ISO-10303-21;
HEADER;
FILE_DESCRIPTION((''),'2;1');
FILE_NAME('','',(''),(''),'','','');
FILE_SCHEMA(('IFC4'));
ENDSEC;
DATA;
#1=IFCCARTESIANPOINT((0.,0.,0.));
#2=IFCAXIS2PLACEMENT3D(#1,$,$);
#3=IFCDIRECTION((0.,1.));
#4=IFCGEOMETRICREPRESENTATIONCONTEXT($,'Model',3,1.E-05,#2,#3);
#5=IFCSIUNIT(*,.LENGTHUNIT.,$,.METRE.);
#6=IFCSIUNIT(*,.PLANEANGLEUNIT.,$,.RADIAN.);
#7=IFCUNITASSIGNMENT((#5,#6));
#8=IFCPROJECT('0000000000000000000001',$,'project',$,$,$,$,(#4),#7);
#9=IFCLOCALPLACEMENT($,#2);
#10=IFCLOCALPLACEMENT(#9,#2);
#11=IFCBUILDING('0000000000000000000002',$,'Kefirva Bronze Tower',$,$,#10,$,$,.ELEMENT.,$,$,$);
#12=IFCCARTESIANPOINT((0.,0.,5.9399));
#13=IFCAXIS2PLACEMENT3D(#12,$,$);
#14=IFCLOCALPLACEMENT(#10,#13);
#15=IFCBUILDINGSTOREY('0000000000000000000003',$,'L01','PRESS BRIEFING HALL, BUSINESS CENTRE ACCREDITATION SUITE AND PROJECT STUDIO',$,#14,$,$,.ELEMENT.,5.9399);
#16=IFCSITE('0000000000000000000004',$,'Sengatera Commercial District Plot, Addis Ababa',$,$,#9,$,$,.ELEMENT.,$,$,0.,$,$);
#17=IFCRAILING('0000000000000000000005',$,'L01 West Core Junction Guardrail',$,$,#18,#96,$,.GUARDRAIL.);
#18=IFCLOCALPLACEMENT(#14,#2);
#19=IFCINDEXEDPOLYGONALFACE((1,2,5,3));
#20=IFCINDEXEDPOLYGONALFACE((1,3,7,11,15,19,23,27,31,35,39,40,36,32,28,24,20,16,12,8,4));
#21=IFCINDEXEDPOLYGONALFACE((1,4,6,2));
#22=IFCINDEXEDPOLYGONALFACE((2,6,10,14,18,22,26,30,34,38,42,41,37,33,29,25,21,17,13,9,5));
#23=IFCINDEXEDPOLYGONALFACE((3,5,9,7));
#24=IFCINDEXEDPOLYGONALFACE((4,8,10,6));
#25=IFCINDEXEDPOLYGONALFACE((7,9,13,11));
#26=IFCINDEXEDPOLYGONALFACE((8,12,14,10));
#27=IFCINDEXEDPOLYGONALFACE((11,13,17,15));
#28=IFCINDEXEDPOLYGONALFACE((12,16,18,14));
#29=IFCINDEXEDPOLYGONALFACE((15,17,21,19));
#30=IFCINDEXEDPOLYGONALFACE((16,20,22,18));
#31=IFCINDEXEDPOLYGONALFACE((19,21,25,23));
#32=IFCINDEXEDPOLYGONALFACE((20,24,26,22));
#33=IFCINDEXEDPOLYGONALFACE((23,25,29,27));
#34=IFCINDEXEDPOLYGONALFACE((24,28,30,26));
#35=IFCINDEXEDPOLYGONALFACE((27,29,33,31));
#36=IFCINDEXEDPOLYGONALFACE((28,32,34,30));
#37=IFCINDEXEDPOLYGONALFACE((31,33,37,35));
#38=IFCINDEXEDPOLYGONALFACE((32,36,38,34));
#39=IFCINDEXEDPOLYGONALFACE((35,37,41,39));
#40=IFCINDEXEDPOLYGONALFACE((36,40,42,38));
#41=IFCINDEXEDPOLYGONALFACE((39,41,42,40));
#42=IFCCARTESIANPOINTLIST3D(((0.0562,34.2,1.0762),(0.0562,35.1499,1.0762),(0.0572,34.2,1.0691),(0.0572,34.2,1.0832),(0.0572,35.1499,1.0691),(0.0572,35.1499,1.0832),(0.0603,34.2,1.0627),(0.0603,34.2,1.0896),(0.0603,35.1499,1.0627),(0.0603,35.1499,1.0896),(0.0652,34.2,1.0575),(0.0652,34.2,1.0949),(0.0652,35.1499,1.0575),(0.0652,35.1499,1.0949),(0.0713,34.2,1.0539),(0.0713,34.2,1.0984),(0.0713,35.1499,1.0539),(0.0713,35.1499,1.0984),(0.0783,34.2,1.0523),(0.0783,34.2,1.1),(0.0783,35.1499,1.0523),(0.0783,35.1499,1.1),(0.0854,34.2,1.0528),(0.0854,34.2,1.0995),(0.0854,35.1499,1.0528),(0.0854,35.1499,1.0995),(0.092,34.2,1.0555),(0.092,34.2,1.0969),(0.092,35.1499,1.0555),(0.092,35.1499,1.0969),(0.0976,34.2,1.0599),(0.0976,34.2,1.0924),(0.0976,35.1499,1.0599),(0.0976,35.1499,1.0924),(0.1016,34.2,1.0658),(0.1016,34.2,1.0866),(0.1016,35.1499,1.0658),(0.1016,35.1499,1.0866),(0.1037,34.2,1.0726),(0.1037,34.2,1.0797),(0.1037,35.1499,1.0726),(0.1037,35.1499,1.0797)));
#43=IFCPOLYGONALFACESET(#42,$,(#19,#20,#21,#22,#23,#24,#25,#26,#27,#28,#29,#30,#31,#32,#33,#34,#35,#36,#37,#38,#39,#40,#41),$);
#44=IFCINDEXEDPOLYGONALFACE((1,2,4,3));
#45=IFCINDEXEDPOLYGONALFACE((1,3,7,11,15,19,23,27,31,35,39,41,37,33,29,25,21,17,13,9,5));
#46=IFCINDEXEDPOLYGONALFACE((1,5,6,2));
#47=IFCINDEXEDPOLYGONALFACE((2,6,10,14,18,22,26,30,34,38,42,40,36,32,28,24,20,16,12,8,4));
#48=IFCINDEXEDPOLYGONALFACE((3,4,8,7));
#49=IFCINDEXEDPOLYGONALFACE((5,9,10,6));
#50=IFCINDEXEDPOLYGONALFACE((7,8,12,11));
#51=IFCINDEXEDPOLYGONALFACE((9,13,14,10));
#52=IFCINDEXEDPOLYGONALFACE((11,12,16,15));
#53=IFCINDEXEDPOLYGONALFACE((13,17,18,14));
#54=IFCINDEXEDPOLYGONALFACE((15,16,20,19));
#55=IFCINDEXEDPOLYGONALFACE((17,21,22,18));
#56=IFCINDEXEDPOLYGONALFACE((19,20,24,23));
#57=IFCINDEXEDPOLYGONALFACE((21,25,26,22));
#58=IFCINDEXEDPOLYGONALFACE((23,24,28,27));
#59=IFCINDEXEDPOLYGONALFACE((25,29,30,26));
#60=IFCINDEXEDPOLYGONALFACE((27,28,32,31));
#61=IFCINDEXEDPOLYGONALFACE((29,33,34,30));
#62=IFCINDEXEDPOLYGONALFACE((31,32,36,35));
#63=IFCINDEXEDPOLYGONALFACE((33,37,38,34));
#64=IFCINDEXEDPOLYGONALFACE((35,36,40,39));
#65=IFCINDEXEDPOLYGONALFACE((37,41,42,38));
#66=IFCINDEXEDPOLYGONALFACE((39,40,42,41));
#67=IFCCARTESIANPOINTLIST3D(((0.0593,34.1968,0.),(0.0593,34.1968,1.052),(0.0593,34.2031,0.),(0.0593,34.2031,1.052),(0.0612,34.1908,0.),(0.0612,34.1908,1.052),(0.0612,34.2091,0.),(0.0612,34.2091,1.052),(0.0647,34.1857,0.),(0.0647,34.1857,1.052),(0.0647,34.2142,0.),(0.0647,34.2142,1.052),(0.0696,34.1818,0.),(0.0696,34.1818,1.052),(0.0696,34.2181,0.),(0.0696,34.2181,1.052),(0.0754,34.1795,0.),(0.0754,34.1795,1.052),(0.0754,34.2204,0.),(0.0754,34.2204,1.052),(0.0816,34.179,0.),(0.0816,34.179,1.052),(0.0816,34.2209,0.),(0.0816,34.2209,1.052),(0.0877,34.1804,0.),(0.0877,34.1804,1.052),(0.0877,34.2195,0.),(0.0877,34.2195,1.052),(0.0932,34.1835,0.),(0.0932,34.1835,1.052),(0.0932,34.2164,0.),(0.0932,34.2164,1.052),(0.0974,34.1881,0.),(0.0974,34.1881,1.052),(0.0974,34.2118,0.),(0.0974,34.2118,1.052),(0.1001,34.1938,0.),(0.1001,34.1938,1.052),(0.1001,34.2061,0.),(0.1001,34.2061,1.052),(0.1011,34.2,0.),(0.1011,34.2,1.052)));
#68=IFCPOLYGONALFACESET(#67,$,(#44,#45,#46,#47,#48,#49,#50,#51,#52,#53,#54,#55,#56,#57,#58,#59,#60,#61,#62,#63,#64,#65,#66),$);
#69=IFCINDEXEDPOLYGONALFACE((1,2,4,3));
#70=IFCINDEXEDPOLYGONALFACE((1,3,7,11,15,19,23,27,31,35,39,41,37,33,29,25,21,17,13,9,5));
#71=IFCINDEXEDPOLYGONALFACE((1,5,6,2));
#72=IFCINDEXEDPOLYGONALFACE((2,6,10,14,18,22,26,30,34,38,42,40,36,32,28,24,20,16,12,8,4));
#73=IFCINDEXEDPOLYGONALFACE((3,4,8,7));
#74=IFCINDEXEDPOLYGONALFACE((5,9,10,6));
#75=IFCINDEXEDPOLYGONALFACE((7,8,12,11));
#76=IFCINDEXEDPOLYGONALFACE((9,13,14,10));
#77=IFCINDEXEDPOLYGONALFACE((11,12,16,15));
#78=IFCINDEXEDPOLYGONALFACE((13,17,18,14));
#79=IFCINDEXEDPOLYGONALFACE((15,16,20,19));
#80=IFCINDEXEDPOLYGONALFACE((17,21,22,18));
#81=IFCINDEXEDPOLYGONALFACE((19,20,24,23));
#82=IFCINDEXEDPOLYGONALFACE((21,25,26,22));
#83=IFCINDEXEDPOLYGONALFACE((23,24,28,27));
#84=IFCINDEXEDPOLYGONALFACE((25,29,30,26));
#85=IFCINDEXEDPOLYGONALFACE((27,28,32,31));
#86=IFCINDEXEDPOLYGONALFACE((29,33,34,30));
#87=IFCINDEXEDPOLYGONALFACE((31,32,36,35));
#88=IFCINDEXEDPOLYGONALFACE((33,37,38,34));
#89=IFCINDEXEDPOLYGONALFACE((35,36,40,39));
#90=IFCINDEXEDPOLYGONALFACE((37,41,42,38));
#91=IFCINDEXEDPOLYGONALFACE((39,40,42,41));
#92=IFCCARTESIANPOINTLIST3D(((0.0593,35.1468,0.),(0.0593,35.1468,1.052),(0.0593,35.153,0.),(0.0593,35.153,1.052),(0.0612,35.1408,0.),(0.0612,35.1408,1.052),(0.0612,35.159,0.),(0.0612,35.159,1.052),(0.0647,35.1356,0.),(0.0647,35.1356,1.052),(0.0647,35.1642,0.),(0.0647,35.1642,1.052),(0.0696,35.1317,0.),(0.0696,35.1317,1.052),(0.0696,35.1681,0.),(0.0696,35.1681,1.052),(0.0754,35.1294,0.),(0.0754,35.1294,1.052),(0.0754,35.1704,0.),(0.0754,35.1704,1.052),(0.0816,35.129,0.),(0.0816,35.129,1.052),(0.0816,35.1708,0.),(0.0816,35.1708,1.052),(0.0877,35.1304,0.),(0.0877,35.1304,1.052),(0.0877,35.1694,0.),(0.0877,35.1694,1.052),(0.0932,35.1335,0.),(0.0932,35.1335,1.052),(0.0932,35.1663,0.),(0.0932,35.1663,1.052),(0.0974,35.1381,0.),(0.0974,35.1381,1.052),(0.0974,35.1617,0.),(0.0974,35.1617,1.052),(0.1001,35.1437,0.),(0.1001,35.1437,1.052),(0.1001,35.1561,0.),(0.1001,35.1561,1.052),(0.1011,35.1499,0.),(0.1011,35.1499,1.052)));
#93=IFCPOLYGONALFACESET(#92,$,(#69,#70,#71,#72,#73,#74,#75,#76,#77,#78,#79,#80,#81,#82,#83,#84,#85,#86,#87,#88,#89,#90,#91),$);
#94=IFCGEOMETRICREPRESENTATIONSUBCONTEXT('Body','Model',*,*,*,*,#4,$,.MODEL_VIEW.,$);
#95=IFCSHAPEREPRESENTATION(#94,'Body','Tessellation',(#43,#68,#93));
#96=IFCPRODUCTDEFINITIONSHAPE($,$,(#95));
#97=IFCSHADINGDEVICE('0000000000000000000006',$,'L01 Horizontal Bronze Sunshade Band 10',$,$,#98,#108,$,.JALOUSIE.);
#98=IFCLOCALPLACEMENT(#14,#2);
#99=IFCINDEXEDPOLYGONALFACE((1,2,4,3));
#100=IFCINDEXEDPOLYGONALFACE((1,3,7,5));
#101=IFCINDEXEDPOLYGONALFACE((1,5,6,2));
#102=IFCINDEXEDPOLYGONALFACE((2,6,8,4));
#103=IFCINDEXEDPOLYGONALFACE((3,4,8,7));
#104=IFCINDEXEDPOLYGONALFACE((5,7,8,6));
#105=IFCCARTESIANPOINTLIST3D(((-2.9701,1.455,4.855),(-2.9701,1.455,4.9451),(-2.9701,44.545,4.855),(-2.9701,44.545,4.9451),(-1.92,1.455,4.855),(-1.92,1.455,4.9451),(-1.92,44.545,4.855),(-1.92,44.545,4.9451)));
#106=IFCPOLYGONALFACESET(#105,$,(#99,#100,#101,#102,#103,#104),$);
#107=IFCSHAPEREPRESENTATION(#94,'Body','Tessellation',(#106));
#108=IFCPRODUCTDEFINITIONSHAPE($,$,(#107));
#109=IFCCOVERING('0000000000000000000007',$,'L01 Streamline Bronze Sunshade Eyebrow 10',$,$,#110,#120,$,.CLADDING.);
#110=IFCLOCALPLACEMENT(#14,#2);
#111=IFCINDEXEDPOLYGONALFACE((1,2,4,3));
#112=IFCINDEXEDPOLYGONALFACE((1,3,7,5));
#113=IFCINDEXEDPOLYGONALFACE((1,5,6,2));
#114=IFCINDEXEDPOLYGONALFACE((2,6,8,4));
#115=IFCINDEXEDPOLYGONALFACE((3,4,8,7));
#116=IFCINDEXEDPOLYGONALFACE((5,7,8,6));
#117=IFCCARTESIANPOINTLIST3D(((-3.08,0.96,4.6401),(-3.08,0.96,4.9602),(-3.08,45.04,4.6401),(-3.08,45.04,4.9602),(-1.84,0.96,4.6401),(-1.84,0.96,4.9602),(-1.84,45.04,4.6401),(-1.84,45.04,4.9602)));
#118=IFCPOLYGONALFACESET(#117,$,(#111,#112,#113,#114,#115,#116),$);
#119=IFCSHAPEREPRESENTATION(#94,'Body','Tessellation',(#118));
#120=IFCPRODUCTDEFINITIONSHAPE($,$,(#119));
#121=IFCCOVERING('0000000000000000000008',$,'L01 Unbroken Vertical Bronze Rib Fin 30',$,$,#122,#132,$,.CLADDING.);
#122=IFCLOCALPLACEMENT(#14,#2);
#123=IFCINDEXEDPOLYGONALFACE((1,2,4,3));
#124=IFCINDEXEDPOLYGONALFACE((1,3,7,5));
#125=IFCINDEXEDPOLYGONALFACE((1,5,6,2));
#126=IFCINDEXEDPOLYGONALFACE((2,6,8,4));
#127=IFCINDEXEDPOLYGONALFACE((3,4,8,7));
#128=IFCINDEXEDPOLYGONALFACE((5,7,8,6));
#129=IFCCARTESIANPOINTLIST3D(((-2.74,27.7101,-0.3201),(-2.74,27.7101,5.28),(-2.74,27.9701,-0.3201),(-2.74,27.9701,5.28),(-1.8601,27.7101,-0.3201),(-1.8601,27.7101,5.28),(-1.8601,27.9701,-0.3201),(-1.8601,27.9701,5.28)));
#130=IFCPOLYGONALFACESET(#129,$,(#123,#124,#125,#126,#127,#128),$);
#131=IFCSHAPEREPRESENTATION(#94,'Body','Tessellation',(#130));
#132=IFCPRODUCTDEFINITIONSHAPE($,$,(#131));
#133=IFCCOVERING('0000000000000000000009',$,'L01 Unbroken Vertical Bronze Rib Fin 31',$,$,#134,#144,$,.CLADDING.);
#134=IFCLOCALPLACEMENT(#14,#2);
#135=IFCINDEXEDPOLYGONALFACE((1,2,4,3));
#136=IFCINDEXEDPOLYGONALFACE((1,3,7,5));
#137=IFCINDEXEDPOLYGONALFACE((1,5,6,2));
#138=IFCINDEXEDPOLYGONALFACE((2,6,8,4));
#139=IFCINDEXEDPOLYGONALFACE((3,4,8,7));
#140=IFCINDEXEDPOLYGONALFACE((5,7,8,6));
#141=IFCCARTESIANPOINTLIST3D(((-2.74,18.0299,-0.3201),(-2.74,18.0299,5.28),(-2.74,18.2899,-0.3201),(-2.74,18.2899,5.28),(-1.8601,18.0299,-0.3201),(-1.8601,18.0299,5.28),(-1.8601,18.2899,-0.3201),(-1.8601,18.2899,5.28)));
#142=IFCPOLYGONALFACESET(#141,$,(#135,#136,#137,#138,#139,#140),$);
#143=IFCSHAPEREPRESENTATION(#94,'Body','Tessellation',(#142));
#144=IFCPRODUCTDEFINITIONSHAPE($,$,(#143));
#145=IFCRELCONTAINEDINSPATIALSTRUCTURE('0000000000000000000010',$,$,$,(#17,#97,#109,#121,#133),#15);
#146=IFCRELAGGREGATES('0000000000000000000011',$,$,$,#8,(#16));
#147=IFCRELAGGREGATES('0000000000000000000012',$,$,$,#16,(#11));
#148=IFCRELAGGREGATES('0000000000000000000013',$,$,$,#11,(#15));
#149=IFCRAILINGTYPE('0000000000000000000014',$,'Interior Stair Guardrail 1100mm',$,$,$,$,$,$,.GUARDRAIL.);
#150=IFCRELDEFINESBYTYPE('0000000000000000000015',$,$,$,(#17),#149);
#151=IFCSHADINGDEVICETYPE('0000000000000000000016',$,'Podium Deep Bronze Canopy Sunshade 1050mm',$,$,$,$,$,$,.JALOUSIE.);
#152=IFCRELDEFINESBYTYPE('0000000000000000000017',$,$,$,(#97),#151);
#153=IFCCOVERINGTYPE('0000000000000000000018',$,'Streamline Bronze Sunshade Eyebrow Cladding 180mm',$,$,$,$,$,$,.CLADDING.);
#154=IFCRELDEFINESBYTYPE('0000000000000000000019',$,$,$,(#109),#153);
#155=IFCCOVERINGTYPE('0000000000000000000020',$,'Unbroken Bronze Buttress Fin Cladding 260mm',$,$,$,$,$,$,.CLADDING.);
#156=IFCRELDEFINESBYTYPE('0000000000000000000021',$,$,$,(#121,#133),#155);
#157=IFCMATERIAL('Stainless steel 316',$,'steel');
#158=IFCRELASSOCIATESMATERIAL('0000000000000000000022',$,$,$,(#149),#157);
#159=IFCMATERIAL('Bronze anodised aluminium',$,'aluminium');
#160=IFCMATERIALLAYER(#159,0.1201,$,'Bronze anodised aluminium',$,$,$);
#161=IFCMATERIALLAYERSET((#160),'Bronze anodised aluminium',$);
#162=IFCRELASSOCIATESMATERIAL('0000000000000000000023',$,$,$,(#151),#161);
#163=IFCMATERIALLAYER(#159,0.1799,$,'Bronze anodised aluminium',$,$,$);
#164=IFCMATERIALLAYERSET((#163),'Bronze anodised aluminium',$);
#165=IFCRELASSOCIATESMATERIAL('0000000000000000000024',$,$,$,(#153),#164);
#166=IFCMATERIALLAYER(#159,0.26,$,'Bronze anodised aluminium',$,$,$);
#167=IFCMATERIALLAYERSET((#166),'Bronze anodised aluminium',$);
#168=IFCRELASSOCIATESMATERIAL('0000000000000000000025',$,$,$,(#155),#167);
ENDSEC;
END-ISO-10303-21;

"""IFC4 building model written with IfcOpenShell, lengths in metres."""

from ifc_helpers import new_model, si_unit, direction, frame, origin, origin_2d, place, context, subcontext, project, spatial, rectangle, circle, extrude, material, layer, layer_set, type_object, element, save


model = new_model("IFC4")

# Units and contexts
model_context = context("Model", 3, precision=1e-05, world=origin(), true_north=direction((0.0, 1.0)))
body_context = subcontext(model_context, "Body", "Model", "MODEL_VIEW")
ifc_project = project(units=[si_unit("LENGTHUNIT", "METRE"), si_unit("PLANEANGLEUNIT", "RADIAN")], contexts=[model_context])

# Site, building, storey
site_placement = place(None, origin())
site = spatial("IfcSite", under=ifc_project, at=site_placement, Name="Sengatera Commercial District Plot, Addis Ababa", CompositionType="ELEMENT", RefElevation=0.0)
building_placement = place(site_placement, origin())
building = spatial("IfcBuilding", under=site, at=building_placement, Name="Kefirva Bronze Tower", CompositionType="ELEMENT")
storey_placement = place(building_placement, frame((0.0, 0.0, 5.9399)))
storey = spatial("IfcBuildingStorey", under=building, at=storey_placement, Name="L01", Description="PRESS BRIEFING HALL, BUSINESS CENTRE ACCREDITATION SUITE AND PROJECT STUDIO", CompositionType="ELEMENT", Elevation=5.9399)

# Shared definitions
ifc_material_1 = material(Name="Bronze anodised aluminium", Category="aluminium")

# Railing
ifc_material_2 = material(Name="Stainless steel 316", Category="steel")
railing_type = type_object("IfcRailingType", Name="Interior Stair Guardrail 1100mm", PredefinedType="GUARDRAIL", material=ifc_material_2)
railing_placement = place(storey_placement, frame((0.0801, 34.2, 0.0)))
element("IfcRailing", 1, at=railing_placement, inside=storey, type_object=railing_type, Name="L01 West Core Junction Guardrail", PredefinedType="GUARDRAIL", context=body_context, shape_type="SweptSolid", body=[
    extrude(circle(Radius=0.0239, at=origin_2d()), frame((0.0, 0.0, 1.0762), z_axis=(0.0, 1.0, 0.0), x_axis=(-1.0, 0.0, 0.0)), (0.0, 0.0, 1.0), 0.95),
    extrude(circle(Radius=0.021, at=origin_2d()), origin(), (0.0, 0.0, 1.0), 1.052),
    extrude(circle(Radius=0.021, at=origin_2d()), frame((0.0, 0.95, 0.0)), (0.0, 0.0, 1.0), 1.052),
])

# Shading device
ifc_layer_1 = layer(ifc_material_1, 0.1201, Name="Bronze anodised aluminium")
ifc_layer_set_1 = layer_set([ifc_layer_1], Name="Bronze anodised aluminium")
shading_device_type = type_object("IfcShadingDeviceType", Name="Podium Deep Bronze Canopy Sunshade 1050mm", PredefinedType="JALOUSIE", material=ifc_layer_set_1)
shading_device_placement = place(storey_placement, frame((-2.4451, 23.0, 4.855), z_axis=(0.0, 0.0, 1.0), x_axis=(0.0, -1.0, 0.0)))
element("IfcShadingDevice", 2, at=shading_device_placement, inside=storey, type_object=shading_device_type, Name="L01 Horizontal Bronze Sunshade Band 10", PredefinedType="JALOUSIE", context=body_context, shape_type="SweptSolid", body=[
    extrude(rectangle(XDim=43.0901, YDim=1.05, at=origin_2d()), origin(), (0.0, 0.0, 1.0), 0.0901),
])

# Coverings
ifc_layer_2 = layer(ifc_material_1, 0.1799, Name="Bronze anodised aluminium")
ifc_layer_set_2 = layer_set([ifc_layer_2], Name="Bronze anodised aluminium")
covering_type_1 = type_object("IfcCoveringType", Name="Streamline Bronze Sunshade Eyebrow Cladding 180mm", PredefinedType="CLADDING", material=ifc_layer_set_2)
covering_1_placement = place(storey_placement, frame((-2.46, 23.0, 4.6401), z_axis=(0.0, 0.0, 1.0), x_axis=(0.0, -1.0, 0.0)))
element("IfcCovering", 3, at=covering_1_placement, inside=storey, type_object=covering_type_1, Name="L01 Streamline Bronze Sunshade Eyebrow 10", PredefinedType="CLADDING", context=body_context, shape_type="SweptSolid", body=[
    extrude(rectangle(XDim=44.0801, YDim=1.24, at=origin_2d()), origin(), (0.0, 0.0, 1.0), 0.3201),
])
ifc_layer_3 = layer(ifc_material_1, 0.26, Name="Bronze anodised aluminium")
ifc_layer_set_3 = layer_set([ifc_layer_3], Name="Bronze anodised aluminium")
covering_type_2 = type_object("IfcCoveringType", Name="Unbroken Bronze Buttress Fin Cladding 260mm", PredefinedType="CLADDING", material=ifc_layer_set_3)
for number, where, z_axis, x_axis, name in (
    (4, (-2.3, 27.8401, -0.3201), (0.0, 0.0, 1.0), (0.0, -1.0, 0.0), "L01 Unbroken Vertical Bronze Rib Fin 30"),
    (5, (-2.3, 18.1599, -0.3201), (0.0, 0.0, 1.0), (0.0, -1.0, 0.0), "L01 Unbroken Vertical Bronze Rib Fin 31"),
):
    element("IfcCovering", number, at=place(storey_placement, frame(where, z_axis=z_axis, x_axis=x_axis)), inside=storey, type_object=covering_type_2, Name=name, PredefinedType="CLADDING", context=body_context, shape_type="SweptSolid", body=[
        extrude(rectangle(XDim=0.26, YDim=0.8799, at=origin_2d()), origin(), (0.0, 0.0, 1.0), 5.6001),
    ])

save(model, "model.ifc")
